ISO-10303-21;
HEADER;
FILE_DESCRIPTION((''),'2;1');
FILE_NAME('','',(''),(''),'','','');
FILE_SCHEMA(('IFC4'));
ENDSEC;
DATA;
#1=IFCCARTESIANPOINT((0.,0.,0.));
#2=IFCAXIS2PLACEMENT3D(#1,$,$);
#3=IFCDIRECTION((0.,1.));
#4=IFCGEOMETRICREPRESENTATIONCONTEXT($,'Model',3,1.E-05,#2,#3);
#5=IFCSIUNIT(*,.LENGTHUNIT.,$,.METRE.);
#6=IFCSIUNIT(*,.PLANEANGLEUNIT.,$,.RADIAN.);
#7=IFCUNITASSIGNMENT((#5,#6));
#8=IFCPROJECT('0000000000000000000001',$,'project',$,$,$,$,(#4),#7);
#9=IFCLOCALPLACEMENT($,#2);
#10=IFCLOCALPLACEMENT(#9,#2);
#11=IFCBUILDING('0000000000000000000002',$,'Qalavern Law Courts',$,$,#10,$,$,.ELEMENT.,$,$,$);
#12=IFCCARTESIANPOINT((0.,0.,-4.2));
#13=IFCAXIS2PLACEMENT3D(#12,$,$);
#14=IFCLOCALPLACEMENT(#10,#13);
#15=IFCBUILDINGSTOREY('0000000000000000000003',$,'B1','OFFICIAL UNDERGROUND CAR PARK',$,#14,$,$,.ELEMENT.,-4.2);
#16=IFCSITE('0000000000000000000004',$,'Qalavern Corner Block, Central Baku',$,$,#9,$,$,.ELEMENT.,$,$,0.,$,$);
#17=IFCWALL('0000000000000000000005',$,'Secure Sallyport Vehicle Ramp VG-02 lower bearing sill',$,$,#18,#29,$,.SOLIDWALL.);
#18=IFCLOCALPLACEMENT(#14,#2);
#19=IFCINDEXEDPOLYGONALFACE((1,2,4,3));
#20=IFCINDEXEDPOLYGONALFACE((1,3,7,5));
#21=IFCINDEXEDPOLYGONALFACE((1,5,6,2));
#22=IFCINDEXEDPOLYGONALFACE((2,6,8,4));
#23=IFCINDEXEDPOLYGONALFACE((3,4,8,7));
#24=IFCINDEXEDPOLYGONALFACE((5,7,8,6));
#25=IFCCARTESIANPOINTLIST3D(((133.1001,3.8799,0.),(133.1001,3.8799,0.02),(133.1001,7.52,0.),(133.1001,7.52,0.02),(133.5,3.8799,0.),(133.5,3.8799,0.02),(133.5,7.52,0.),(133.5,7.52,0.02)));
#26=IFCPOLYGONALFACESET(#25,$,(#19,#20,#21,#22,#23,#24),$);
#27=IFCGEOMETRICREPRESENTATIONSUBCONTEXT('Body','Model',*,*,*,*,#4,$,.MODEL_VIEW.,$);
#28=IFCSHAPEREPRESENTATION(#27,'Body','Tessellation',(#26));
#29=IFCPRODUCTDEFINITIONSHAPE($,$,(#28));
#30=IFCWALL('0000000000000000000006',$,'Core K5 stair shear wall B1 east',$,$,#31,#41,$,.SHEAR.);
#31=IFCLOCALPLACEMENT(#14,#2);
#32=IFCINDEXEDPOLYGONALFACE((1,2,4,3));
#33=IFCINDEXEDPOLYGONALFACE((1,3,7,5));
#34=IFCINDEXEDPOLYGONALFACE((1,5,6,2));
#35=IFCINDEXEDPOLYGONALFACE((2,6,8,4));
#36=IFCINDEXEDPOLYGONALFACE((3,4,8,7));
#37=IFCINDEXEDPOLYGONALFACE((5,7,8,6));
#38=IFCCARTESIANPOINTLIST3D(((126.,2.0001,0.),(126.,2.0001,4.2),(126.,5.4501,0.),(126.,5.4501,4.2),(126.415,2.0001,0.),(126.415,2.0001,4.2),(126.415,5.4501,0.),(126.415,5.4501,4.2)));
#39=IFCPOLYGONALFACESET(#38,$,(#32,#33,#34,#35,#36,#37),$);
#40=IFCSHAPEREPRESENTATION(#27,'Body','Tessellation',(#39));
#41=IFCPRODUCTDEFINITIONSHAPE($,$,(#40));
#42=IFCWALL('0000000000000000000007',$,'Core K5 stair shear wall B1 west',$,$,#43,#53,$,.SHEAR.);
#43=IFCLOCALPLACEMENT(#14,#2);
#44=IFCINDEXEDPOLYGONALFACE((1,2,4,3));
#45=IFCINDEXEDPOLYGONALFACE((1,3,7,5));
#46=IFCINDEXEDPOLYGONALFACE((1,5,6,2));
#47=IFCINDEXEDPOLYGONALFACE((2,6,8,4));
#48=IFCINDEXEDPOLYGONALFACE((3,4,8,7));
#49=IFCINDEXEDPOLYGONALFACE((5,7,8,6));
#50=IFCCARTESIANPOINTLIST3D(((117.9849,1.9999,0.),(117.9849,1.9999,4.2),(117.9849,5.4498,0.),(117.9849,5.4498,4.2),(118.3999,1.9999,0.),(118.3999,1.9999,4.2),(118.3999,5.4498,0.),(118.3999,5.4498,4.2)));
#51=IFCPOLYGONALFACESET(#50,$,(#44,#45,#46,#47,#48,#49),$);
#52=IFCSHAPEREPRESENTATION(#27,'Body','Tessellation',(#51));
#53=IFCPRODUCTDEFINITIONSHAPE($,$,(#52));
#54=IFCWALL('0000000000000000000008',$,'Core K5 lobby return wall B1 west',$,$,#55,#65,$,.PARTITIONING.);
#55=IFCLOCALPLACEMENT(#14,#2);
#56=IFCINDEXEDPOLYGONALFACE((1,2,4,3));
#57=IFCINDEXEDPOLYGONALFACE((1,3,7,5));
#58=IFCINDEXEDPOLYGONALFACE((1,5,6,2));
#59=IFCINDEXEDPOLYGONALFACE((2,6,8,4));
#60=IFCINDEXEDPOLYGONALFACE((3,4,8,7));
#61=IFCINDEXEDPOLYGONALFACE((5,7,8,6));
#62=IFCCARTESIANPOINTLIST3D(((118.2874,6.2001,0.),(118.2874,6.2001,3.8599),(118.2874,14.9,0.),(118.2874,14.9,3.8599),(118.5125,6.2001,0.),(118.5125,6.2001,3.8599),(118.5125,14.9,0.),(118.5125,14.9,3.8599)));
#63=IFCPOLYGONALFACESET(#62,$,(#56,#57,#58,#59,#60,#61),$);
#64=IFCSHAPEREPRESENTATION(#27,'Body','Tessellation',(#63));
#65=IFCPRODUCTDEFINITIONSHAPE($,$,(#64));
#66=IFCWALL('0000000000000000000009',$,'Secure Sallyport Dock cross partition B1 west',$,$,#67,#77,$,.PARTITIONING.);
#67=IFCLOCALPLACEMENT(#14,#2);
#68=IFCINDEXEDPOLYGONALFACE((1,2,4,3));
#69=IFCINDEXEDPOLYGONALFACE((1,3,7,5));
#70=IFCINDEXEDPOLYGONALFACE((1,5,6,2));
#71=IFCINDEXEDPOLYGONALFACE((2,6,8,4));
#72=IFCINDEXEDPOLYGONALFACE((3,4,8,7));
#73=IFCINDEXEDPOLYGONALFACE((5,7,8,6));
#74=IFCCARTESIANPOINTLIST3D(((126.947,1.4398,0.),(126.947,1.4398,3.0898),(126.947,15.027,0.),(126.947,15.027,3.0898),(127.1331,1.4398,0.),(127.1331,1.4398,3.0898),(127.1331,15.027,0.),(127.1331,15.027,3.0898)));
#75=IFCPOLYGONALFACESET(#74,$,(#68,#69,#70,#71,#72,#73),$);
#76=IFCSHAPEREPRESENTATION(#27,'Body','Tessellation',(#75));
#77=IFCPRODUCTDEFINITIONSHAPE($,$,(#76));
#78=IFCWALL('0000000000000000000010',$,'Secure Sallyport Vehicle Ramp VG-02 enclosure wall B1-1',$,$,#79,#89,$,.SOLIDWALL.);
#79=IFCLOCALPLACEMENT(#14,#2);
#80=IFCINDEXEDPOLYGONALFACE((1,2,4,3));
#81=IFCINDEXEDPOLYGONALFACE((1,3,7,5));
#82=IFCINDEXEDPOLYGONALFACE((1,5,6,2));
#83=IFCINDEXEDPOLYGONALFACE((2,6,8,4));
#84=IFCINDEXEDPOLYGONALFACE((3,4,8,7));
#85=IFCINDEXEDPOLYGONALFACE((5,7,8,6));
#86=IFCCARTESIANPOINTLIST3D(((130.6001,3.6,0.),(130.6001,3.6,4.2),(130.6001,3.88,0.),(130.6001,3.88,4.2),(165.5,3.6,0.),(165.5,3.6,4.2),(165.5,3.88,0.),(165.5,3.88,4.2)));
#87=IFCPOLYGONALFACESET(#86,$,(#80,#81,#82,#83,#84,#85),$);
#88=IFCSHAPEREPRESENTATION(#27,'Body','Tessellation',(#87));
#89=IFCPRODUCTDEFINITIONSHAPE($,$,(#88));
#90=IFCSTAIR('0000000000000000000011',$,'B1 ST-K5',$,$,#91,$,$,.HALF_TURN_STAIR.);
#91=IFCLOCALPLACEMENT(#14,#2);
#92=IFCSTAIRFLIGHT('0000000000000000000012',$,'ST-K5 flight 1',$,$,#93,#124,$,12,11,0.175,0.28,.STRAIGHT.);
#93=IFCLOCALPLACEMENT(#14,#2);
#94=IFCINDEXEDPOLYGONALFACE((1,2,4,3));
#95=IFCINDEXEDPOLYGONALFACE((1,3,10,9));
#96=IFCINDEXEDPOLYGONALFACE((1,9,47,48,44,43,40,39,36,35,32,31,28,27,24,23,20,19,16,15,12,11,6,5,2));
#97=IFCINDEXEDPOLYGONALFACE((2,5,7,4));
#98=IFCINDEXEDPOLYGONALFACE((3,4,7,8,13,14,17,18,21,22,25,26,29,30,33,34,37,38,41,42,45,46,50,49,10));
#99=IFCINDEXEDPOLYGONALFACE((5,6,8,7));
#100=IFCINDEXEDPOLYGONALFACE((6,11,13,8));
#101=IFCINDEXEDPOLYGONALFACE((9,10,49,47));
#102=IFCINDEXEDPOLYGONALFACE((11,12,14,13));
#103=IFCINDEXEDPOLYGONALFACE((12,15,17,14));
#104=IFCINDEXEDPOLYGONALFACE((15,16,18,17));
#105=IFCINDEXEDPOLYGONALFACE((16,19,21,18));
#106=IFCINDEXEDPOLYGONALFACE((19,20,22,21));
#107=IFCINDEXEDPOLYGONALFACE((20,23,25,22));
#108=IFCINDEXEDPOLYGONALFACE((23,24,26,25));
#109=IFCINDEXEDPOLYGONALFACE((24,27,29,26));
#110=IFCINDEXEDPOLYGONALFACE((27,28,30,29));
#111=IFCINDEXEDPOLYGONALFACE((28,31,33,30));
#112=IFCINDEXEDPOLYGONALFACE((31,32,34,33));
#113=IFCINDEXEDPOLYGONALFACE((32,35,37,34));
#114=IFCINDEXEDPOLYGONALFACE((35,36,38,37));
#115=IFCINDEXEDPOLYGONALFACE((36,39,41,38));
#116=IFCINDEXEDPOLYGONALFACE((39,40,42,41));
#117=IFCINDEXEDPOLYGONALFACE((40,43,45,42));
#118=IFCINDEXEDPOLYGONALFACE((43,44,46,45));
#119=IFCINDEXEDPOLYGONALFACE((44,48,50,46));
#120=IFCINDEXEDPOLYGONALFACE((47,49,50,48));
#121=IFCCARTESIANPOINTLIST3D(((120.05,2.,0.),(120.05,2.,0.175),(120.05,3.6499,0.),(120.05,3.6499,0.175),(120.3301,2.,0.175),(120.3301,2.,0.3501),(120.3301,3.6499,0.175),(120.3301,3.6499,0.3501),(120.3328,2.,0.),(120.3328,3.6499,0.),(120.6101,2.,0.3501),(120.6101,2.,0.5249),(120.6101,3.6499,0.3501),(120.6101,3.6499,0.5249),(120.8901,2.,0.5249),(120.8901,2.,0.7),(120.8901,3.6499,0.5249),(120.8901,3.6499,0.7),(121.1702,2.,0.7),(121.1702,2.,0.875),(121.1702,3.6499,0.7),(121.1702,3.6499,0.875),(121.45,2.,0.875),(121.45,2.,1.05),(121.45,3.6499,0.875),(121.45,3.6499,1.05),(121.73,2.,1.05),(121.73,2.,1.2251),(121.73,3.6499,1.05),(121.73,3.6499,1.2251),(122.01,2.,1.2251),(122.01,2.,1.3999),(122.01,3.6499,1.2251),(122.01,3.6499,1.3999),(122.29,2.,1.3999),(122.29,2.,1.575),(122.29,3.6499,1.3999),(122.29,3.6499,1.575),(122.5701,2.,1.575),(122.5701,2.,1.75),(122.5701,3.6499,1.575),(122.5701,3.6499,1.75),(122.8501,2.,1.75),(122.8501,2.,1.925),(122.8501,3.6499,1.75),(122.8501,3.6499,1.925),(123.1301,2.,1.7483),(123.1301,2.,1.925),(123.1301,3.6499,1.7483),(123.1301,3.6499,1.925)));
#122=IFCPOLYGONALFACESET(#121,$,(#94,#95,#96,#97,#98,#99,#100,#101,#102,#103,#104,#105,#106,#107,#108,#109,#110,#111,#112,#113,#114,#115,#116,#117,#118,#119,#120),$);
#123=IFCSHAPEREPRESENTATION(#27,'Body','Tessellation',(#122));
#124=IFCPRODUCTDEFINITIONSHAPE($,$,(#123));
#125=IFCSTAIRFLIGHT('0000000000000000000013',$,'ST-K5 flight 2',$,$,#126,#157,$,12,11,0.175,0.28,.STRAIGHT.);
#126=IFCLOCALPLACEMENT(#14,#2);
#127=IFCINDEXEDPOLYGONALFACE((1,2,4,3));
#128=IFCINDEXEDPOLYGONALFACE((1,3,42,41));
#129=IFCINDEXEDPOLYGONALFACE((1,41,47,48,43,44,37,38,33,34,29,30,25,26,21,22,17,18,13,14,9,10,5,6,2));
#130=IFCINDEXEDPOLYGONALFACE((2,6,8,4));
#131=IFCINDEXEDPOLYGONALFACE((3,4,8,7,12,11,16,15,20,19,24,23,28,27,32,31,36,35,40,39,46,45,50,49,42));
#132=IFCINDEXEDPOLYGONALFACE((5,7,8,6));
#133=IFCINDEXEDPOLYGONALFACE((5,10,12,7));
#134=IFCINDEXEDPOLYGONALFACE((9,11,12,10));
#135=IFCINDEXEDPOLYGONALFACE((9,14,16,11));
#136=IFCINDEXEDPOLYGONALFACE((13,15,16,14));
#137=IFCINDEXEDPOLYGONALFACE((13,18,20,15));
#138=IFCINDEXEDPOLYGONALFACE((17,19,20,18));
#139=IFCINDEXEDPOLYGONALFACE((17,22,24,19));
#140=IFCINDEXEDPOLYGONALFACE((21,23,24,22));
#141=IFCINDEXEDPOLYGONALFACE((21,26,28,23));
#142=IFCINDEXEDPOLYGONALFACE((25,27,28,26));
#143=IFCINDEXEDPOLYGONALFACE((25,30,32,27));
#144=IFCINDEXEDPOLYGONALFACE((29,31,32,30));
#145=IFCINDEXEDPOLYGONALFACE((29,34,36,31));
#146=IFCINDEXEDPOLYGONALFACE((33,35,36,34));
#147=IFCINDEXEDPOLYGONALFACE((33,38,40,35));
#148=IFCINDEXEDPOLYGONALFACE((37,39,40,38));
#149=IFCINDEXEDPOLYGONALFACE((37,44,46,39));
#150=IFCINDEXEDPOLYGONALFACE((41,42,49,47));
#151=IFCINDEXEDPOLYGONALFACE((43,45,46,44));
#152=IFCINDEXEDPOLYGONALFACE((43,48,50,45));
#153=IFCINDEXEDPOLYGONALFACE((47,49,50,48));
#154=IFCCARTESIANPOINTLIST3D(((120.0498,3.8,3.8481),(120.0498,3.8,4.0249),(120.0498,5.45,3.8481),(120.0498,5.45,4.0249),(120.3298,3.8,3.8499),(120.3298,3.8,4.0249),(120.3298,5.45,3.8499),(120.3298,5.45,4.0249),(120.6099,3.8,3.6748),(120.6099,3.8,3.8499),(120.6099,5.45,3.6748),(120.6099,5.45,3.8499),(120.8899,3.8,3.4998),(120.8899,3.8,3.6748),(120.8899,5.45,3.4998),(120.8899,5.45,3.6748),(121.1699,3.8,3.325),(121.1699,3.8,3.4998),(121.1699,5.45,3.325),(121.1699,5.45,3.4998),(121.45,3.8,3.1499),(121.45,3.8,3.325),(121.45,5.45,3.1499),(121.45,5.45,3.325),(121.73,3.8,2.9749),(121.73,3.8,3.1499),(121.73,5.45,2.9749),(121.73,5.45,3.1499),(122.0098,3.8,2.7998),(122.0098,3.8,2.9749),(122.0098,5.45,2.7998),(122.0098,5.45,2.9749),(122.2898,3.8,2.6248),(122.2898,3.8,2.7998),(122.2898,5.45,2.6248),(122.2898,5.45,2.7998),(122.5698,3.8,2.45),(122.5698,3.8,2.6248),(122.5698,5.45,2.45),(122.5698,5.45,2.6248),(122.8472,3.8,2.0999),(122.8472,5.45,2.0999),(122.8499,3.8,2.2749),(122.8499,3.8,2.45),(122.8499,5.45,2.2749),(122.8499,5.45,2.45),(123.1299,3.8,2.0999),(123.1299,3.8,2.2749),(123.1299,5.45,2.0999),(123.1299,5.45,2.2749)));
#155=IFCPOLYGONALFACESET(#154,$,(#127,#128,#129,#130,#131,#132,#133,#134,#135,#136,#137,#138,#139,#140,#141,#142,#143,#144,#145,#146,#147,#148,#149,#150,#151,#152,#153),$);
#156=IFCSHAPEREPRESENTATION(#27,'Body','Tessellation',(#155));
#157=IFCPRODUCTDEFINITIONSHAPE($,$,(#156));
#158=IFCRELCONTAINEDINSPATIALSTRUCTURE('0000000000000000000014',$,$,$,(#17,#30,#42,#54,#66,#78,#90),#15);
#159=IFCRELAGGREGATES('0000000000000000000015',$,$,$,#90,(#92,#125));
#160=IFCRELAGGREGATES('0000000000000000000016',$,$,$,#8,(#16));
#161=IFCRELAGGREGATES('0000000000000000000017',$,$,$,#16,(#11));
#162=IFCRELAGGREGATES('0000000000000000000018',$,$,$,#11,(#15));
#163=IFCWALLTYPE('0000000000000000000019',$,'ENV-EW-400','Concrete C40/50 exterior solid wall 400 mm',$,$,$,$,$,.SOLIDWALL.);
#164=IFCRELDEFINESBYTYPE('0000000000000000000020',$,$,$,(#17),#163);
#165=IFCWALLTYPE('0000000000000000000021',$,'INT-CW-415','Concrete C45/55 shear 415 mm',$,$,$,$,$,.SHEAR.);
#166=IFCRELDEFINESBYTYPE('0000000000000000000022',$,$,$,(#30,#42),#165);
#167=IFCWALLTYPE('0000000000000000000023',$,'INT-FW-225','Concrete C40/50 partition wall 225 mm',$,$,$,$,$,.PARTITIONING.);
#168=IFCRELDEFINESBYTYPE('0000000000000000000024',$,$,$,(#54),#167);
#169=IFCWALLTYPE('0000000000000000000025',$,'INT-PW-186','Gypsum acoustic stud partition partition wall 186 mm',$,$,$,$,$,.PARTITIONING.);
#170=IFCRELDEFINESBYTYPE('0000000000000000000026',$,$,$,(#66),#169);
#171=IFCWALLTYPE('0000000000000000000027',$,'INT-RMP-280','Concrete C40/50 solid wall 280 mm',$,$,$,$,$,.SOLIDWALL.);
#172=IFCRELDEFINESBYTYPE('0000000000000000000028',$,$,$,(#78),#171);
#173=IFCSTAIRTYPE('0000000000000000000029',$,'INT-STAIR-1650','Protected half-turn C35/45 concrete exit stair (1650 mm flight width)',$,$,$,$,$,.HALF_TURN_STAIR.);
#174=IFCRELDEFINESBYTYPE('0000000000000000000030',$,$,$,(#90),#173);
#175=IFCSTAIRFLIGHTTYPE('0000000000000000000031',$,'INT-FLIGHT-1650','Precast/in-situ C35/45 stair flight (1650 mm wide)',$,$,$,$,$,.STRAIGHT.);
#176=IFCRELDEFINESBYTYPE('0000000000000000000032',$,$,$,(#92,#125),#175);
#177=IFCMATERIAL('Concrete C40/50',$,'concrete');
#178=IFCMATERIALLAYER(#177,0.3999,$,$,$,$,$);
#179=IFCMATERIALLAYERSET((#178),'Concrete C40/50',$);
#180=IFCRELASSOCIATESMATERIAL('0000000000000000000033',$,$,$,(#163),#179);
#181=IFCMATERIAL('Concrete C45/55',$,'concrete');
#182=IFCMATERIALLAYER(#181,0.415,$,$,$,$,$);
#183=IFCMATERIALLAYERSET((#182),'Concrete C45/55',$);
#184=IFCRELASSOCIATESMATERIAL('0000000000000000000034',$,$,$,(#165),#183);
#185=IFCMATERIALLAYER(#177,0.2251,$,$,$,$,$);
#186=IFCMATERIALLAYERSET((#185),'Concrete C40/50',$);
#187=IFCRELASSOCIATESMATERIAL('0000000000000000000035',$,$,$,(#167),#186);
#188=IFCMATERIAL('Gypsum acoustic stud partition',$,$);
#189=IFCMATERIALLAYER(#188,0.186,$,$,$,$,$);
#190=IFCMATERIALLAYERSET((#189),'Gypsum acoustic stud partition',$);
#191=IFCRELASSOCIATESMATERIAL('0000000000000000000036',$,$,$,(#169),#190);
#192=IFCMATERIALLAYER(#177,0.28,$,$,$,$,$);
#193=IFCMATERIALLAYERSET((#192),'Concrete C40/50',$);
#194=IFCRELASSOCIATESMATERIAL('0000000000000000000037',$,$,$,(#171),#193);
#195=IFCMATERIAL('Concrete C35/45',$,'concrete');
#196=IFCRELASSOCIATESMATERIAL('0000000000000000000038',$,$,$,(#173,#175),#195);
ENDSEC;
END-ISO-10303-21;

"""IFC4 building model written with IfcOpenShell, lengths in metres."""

from ifc_helpers import new_model, si_unit, direction, frame, frame_2d, origin, place, context, subcontext, project, spatial, polyline, rectangle, outline, extrude, material, layer, layer_set, type_object, element, aggregate, save


model = new_model("IFC4")

# Units and contexts
model_context = context("Model", 3, precision=1e-05, world=origin(), true_north=direction((0.0, 1.0)))
body_context = subcontext(model_context, "Body", "Model", "MODEL_VIEW")
ifc_project = project(units=[si_unit("LENGTHUNIT", "METRE"), si_unit("PLANEANGLEUNIT", "RADIAN")], contexts=[model_context])

# Site, building, storey
site_placement = place(None, origin())
site = spatial("IfcSite", under=ifc_project, at=site_placement, Name="Qalavern Corner Block, Central Baku", CompositionType="ELEMENT", RefElevation=0.0)
building_placement = place(site_placement, origin())
building = spatial("IfcBuilding", under=site, at=building_placement, Name="Qalavern Law Courts", CompositionType="ELEMENT")
storey_placement = place(building_placement, frame((0.0, 0.0, -4.2)))
storey = spatial("IfcBuildingStorey", under=building, at=storey_placement, Name="B1", Description="OFFICIAL UNDERGROUND CAR PARK", CompositionType="ELEMENT", Elevation=-4.2)

# Shared definitions
ifc_material_1 = material(Name="Concrete C45/55", Category="concrete")

# Shared definitions
ifc_material_2 = material(Name="Concrete C40/50", Category="concrete")

# Shared definitions
ifc_material_3 = material(Name="Concrete C35/45", Category="concrete")

# Walls
ifc_layer_1 = layer(ifc_material_2, 0.3999)
ifc_layer_set_1 = layer_set([ifc_layer_1], Name="Concrete C40/50")
wall_type_1 = type_object("IfcWallType", Name="ENV-EW-400", Description="Concrete C40/50 exterior solid wall 400 mm", PredefinedType="SOLIDWALL", material=ifc_layer_set_1)
wall_1_placement = place(storey_placement, frame((133.3, 3.8799, 0.0), z_axis=(0.0, 0.0, 1.0), x_axis=(0.0, 1.0, 0.0)))
element("IfcWall", 1, at=wall_1_placement, inside=storey, type_object=wall_type_1, Name="Secure Sallyport Vehicle Ramp VG-02 lower bearing sill", PredefinedType="SOLIDWALL", context=body_context, shape_type="SweptSolid", body=[
    extrude(rectangle(XDim=3.6401, YDim=0.3999, at=frame_2d((1.8201, 0.0))), origin(), (0.0, 0.0, 1.0), 0.02),
])
ifc_layer_2 = layer(ifc_material_1, 0.415)
ifc_layer_set_2 = layer_set([ifc_layer_2], Name="Concrete C45/55")
wall_type_2 = type_object("IfcWallType", Name="INT-CW-415", Description="Concrete C45/55 shear 415 mm", PredefinedType="SHEAR", material=ifc_layer_set_2)
wall_2_placement = place(storey_placement, frame((126.2075, 2.0, 0.0), z_axis=(0.0, 0.0, 1.0), x_axis=(0.0, 1.0, 0.0)))
element("IfcWall", 2, at=wall_2_placement, inside=storey, type_object=wall_type_2, Name="Core K5 stair shear wall B1 east", PredefinedType="SHEAR", context=body_context, shape_type="SweptSolid", body=[
    extrude(rectangle(XDim=3.45, YDim=0.415, at=frame_2d((1.7251, 0.0))), origin(), (0.0, 0.0, 1.0), 4.2),
])

# Walls
wall_3_placement = place(storey_placement, frame((118.1924, 5.45, 0.0), z_axis=(0.0, 0.0, 1.0), x_axis=(0.0, -1.0, 0.0)))
element("IfcWall", 3, at=wall_3_placement, inside=storey, type_object=wall_type_2, Name="Core K5 stair shear wall B1 west", PredefinedType="SHEAR", context=body_context, shape_type="SweptSolid", body=[
    extrude(rectangle(XDim=3.45, YDim=0.415, at=frame_2d((1.7251, 0.0))), origin(), (0.0, 0.0, 1.0), 4.2),
])
ifc_layer_3 = layer(ifc_material_2, 0.2251)
ifc_layer_set_3 = layer_set([ifc_layer_3], Name="Concrete C40/50")
wall_type_3 = type_object("IfcWallType", Name="INT-FW-225", Description="Concrete C40/50 partition wall 225 mm", PredefinedType="PARTITIONING", material=ifc_layer_set_3)
wall_4_placement = place(storey_placement, frame((118.3999, 6.2, 0.0), z_axis=(0.0, 0.0, 1.0), x_axis=(0.0, 1.0, 0.0)))
element("IfcWall", 4, at=wall_4_placement, inside=storey, type_object=wall_type_3, Name="Core K5 lobby return wall B1 west", PredefinedType="PARTITIONING", context=body_context, shape_type="SweptSolid", body=[
    extrude(rectangle(XDim=8.7, YDim=0.2251, at=frame_2d((4.3501, 0.0))), origin(), (0.0, 0.0, 1.0), 3.8599),
])
ifc_material_4 = material(Name="Gypsum acoustic stud partition")
ifc_layer_4 = layer(ifc_material_4, 0.186)
ifc_layer_set_4 = layer_set([ifc_layer_4], Name="Gypsum acoustic stud partition")
wall_type_4 = type_object("IfcWallType", Name="INT-PW-186", Description="Gypsum acoustic stud partition partition wall 186 mm", PredefinedType="PARTITIONING", material=ifc_layer_set_4)
wall_5_placement = place(storey_placement, frame((127.04, 1.4399, 0.0), z_axis=(0.0, 0.0, 1.0), x_axis=(0.0, 1.0, 0.0)))
element("IfcWall", 5, at=wall_5_placement, inside=storey, type_object=wall_type_4, Name="Secure Sallyport Dock cross partition B1 west", PredefinedType="PARTITIONING", context=body_context, shape_type="SweptSolid", body=[
    extrude(rectangle(XDim=13.5872, YDim=0.186, at=frame_2d((6.7935, 0.0))), origin(), (0.0, 0.0, 1.0), 3.0898),
])
ifc_layer_5 = layer(ifc_material_2, 0.28)
ifc_layer_set_5 = layer_set([ifc_layer_5], Name="Concrete C40/50")
wall_type_5 = type_object("IfcWallType", Name="INT-RMP-280", Description="Concrete C40/50 solid wall 280 mm", PredefinedType="SOLIDWALL", material=ifc_layer_set_5)
wall_6_placement = place(storey_placement, frame((130.6001, 3.74, 0.0), z_axis=(0.0, 0.0, 1.0), x_axis=(1.0, 0.0, 0.0)))
element("IfcWall", 6, at=wall_6_placement, inside=storey, type_object=wall_type_5, Name="Secure Sallyport Vehicle Ramp VG-02 enclosure wall B1-1", PredefinedType="SOLIDWALL", context=body_context, shape_type="SweptSolid", body=[
    extrude(rectangle(XDim=34.8999, YDim=0.28, at=frame_2d((17.45, 0.0))), origin(), (0.0, 0.0, 1.0), 4.2),
])

# Stair, stair flights
stair_type = type_object("IfcStairType", Name="INT-STAIR-1650", Description="Protected half-turn C35/45 concrete exit stair (1650 mm flight width)", PredefinedType="HALF_TURN_STAIR", material=ifc_material_3)
stair_placement = place(storey_placement, origin())
stair = element("IfcStair", 7, at=stair_placement, inside=storey, type_object=stair_type, Name="B1 ST-K5", PredefinedType="HALF_TURN_STAIR")
stair_flight_type = type_object("IfcStairFlightType", Name="INT-FLIGHT-1650", Description="Precast/in-situ C35/45 stair flight (1650 mm wide)", PredefinedType="STRAIGHT", material=ifc_material_3)
stair_flight_1_placement = place(storey_placement, frame((120.05, 2.825, 0.0), z_axis=(0.0, 0.0, 1.0), x_axis=(1.0, 0.0, 0.0)))
stair_flight_1 = element("IfcStairFlight", 8, at=stair_flight_1_placement, type_object=stair_flight_type, Name="ST-K5 flight 1", NumberOfRisers=12, NumberOfTreads=11, PredefinedType="STRAIGHT", RiserHeight=0.175, TreadLength=0.28, context=body_context, shape_type="SweptSolid", body=[
    extrude(outline(polyline([(0.0, 0.0), (0.0, 0.175), (0.28, 0.175), (0.28, 0.3501), (0.5601, 0.3501), (0.5601, 0.5249), (0.8401, 0.5249), (0.8401, 0.7), (1.1201, 0.7), (1.1201, 0.875), (1.3999, 0.875), (1.3999, 1.05), (1.6799, 1.05), (1.6799, 1.2251), (1.96, 1.2251), (1.96, 1.3999), (2.24, 1.3999), (2.24, 1.575), (2.52, 1.575), (2.52, 1.75), (2.8, 1.75), (2.8, 1.925), (3.0801, 1.925), (3.0801, 2.1001), (3.0801, 1.7483), (0.2827, 0.0), (0.0, 0.0)])), frame((0.0, 0.825, 0.0), z_axis=(0.0, -1.0, 0.0), x_axis=(1.0, 0.0, 0.0)), (0.0, 0.0, 1.0), 1.6499),
])
stair_flight_2_placement = place(storey_placement, frame((123.1299, 4.625, 2.0999), z_axis=(0.0, 0.0, 1.0), x_axis=(-1.0, 0.0, 0.0)))
stair_flight_2 = element("IfcStairFlight", 9, at=stair_flight_2_placement, type_object=stair_flight_type, Name="ST-K5 flight 2", NumberOfRisers=12, NumberOfTreads=11, PredefinedType="STRAIGHT", RiserHeight=0.175, TreadLength=0.28, context=body_context, shape_type="SweptSolid", body=[
    extrude(outline(polyline([(0.0, 0.0), (0.0, 0.175), (0.28, 0.175), (0.28, 0.3501), (0.5601, 0.3501), (0.5601, 0.5249), (0.8401, 0.5249), (0.8401, 0.7), (1.1201, 0.7), (1.1201, 0.875), (1.3999, 0.875), (1.3999, 1.05), (1.6799, 1.05), (1.6799, 1.2251), (1.96, 1.2251), (1.96, 1.3999), (2.24, 1.3999), (2.24, 1.575), (2.52, 1.575), (2.52, 1.75), (2.8, 1.75), (2.8, 1.925), (3.0801, 1.925), (3.0801, 2.1001), (3.0801, 1.7483), (0.2827, 0.0), (0.0, 0.0)])), frame((0.0, 0.825, 0.0), z_axis=(0.0, -1.0, 0.0), x_axis=(1.0, 0.0, 0.0)), (0.0, 0.0, 1.0), 1.6499),
])
aggregate(stair, [stair_flight_1, stair_flight_2])

save(model, "model.ifc")
